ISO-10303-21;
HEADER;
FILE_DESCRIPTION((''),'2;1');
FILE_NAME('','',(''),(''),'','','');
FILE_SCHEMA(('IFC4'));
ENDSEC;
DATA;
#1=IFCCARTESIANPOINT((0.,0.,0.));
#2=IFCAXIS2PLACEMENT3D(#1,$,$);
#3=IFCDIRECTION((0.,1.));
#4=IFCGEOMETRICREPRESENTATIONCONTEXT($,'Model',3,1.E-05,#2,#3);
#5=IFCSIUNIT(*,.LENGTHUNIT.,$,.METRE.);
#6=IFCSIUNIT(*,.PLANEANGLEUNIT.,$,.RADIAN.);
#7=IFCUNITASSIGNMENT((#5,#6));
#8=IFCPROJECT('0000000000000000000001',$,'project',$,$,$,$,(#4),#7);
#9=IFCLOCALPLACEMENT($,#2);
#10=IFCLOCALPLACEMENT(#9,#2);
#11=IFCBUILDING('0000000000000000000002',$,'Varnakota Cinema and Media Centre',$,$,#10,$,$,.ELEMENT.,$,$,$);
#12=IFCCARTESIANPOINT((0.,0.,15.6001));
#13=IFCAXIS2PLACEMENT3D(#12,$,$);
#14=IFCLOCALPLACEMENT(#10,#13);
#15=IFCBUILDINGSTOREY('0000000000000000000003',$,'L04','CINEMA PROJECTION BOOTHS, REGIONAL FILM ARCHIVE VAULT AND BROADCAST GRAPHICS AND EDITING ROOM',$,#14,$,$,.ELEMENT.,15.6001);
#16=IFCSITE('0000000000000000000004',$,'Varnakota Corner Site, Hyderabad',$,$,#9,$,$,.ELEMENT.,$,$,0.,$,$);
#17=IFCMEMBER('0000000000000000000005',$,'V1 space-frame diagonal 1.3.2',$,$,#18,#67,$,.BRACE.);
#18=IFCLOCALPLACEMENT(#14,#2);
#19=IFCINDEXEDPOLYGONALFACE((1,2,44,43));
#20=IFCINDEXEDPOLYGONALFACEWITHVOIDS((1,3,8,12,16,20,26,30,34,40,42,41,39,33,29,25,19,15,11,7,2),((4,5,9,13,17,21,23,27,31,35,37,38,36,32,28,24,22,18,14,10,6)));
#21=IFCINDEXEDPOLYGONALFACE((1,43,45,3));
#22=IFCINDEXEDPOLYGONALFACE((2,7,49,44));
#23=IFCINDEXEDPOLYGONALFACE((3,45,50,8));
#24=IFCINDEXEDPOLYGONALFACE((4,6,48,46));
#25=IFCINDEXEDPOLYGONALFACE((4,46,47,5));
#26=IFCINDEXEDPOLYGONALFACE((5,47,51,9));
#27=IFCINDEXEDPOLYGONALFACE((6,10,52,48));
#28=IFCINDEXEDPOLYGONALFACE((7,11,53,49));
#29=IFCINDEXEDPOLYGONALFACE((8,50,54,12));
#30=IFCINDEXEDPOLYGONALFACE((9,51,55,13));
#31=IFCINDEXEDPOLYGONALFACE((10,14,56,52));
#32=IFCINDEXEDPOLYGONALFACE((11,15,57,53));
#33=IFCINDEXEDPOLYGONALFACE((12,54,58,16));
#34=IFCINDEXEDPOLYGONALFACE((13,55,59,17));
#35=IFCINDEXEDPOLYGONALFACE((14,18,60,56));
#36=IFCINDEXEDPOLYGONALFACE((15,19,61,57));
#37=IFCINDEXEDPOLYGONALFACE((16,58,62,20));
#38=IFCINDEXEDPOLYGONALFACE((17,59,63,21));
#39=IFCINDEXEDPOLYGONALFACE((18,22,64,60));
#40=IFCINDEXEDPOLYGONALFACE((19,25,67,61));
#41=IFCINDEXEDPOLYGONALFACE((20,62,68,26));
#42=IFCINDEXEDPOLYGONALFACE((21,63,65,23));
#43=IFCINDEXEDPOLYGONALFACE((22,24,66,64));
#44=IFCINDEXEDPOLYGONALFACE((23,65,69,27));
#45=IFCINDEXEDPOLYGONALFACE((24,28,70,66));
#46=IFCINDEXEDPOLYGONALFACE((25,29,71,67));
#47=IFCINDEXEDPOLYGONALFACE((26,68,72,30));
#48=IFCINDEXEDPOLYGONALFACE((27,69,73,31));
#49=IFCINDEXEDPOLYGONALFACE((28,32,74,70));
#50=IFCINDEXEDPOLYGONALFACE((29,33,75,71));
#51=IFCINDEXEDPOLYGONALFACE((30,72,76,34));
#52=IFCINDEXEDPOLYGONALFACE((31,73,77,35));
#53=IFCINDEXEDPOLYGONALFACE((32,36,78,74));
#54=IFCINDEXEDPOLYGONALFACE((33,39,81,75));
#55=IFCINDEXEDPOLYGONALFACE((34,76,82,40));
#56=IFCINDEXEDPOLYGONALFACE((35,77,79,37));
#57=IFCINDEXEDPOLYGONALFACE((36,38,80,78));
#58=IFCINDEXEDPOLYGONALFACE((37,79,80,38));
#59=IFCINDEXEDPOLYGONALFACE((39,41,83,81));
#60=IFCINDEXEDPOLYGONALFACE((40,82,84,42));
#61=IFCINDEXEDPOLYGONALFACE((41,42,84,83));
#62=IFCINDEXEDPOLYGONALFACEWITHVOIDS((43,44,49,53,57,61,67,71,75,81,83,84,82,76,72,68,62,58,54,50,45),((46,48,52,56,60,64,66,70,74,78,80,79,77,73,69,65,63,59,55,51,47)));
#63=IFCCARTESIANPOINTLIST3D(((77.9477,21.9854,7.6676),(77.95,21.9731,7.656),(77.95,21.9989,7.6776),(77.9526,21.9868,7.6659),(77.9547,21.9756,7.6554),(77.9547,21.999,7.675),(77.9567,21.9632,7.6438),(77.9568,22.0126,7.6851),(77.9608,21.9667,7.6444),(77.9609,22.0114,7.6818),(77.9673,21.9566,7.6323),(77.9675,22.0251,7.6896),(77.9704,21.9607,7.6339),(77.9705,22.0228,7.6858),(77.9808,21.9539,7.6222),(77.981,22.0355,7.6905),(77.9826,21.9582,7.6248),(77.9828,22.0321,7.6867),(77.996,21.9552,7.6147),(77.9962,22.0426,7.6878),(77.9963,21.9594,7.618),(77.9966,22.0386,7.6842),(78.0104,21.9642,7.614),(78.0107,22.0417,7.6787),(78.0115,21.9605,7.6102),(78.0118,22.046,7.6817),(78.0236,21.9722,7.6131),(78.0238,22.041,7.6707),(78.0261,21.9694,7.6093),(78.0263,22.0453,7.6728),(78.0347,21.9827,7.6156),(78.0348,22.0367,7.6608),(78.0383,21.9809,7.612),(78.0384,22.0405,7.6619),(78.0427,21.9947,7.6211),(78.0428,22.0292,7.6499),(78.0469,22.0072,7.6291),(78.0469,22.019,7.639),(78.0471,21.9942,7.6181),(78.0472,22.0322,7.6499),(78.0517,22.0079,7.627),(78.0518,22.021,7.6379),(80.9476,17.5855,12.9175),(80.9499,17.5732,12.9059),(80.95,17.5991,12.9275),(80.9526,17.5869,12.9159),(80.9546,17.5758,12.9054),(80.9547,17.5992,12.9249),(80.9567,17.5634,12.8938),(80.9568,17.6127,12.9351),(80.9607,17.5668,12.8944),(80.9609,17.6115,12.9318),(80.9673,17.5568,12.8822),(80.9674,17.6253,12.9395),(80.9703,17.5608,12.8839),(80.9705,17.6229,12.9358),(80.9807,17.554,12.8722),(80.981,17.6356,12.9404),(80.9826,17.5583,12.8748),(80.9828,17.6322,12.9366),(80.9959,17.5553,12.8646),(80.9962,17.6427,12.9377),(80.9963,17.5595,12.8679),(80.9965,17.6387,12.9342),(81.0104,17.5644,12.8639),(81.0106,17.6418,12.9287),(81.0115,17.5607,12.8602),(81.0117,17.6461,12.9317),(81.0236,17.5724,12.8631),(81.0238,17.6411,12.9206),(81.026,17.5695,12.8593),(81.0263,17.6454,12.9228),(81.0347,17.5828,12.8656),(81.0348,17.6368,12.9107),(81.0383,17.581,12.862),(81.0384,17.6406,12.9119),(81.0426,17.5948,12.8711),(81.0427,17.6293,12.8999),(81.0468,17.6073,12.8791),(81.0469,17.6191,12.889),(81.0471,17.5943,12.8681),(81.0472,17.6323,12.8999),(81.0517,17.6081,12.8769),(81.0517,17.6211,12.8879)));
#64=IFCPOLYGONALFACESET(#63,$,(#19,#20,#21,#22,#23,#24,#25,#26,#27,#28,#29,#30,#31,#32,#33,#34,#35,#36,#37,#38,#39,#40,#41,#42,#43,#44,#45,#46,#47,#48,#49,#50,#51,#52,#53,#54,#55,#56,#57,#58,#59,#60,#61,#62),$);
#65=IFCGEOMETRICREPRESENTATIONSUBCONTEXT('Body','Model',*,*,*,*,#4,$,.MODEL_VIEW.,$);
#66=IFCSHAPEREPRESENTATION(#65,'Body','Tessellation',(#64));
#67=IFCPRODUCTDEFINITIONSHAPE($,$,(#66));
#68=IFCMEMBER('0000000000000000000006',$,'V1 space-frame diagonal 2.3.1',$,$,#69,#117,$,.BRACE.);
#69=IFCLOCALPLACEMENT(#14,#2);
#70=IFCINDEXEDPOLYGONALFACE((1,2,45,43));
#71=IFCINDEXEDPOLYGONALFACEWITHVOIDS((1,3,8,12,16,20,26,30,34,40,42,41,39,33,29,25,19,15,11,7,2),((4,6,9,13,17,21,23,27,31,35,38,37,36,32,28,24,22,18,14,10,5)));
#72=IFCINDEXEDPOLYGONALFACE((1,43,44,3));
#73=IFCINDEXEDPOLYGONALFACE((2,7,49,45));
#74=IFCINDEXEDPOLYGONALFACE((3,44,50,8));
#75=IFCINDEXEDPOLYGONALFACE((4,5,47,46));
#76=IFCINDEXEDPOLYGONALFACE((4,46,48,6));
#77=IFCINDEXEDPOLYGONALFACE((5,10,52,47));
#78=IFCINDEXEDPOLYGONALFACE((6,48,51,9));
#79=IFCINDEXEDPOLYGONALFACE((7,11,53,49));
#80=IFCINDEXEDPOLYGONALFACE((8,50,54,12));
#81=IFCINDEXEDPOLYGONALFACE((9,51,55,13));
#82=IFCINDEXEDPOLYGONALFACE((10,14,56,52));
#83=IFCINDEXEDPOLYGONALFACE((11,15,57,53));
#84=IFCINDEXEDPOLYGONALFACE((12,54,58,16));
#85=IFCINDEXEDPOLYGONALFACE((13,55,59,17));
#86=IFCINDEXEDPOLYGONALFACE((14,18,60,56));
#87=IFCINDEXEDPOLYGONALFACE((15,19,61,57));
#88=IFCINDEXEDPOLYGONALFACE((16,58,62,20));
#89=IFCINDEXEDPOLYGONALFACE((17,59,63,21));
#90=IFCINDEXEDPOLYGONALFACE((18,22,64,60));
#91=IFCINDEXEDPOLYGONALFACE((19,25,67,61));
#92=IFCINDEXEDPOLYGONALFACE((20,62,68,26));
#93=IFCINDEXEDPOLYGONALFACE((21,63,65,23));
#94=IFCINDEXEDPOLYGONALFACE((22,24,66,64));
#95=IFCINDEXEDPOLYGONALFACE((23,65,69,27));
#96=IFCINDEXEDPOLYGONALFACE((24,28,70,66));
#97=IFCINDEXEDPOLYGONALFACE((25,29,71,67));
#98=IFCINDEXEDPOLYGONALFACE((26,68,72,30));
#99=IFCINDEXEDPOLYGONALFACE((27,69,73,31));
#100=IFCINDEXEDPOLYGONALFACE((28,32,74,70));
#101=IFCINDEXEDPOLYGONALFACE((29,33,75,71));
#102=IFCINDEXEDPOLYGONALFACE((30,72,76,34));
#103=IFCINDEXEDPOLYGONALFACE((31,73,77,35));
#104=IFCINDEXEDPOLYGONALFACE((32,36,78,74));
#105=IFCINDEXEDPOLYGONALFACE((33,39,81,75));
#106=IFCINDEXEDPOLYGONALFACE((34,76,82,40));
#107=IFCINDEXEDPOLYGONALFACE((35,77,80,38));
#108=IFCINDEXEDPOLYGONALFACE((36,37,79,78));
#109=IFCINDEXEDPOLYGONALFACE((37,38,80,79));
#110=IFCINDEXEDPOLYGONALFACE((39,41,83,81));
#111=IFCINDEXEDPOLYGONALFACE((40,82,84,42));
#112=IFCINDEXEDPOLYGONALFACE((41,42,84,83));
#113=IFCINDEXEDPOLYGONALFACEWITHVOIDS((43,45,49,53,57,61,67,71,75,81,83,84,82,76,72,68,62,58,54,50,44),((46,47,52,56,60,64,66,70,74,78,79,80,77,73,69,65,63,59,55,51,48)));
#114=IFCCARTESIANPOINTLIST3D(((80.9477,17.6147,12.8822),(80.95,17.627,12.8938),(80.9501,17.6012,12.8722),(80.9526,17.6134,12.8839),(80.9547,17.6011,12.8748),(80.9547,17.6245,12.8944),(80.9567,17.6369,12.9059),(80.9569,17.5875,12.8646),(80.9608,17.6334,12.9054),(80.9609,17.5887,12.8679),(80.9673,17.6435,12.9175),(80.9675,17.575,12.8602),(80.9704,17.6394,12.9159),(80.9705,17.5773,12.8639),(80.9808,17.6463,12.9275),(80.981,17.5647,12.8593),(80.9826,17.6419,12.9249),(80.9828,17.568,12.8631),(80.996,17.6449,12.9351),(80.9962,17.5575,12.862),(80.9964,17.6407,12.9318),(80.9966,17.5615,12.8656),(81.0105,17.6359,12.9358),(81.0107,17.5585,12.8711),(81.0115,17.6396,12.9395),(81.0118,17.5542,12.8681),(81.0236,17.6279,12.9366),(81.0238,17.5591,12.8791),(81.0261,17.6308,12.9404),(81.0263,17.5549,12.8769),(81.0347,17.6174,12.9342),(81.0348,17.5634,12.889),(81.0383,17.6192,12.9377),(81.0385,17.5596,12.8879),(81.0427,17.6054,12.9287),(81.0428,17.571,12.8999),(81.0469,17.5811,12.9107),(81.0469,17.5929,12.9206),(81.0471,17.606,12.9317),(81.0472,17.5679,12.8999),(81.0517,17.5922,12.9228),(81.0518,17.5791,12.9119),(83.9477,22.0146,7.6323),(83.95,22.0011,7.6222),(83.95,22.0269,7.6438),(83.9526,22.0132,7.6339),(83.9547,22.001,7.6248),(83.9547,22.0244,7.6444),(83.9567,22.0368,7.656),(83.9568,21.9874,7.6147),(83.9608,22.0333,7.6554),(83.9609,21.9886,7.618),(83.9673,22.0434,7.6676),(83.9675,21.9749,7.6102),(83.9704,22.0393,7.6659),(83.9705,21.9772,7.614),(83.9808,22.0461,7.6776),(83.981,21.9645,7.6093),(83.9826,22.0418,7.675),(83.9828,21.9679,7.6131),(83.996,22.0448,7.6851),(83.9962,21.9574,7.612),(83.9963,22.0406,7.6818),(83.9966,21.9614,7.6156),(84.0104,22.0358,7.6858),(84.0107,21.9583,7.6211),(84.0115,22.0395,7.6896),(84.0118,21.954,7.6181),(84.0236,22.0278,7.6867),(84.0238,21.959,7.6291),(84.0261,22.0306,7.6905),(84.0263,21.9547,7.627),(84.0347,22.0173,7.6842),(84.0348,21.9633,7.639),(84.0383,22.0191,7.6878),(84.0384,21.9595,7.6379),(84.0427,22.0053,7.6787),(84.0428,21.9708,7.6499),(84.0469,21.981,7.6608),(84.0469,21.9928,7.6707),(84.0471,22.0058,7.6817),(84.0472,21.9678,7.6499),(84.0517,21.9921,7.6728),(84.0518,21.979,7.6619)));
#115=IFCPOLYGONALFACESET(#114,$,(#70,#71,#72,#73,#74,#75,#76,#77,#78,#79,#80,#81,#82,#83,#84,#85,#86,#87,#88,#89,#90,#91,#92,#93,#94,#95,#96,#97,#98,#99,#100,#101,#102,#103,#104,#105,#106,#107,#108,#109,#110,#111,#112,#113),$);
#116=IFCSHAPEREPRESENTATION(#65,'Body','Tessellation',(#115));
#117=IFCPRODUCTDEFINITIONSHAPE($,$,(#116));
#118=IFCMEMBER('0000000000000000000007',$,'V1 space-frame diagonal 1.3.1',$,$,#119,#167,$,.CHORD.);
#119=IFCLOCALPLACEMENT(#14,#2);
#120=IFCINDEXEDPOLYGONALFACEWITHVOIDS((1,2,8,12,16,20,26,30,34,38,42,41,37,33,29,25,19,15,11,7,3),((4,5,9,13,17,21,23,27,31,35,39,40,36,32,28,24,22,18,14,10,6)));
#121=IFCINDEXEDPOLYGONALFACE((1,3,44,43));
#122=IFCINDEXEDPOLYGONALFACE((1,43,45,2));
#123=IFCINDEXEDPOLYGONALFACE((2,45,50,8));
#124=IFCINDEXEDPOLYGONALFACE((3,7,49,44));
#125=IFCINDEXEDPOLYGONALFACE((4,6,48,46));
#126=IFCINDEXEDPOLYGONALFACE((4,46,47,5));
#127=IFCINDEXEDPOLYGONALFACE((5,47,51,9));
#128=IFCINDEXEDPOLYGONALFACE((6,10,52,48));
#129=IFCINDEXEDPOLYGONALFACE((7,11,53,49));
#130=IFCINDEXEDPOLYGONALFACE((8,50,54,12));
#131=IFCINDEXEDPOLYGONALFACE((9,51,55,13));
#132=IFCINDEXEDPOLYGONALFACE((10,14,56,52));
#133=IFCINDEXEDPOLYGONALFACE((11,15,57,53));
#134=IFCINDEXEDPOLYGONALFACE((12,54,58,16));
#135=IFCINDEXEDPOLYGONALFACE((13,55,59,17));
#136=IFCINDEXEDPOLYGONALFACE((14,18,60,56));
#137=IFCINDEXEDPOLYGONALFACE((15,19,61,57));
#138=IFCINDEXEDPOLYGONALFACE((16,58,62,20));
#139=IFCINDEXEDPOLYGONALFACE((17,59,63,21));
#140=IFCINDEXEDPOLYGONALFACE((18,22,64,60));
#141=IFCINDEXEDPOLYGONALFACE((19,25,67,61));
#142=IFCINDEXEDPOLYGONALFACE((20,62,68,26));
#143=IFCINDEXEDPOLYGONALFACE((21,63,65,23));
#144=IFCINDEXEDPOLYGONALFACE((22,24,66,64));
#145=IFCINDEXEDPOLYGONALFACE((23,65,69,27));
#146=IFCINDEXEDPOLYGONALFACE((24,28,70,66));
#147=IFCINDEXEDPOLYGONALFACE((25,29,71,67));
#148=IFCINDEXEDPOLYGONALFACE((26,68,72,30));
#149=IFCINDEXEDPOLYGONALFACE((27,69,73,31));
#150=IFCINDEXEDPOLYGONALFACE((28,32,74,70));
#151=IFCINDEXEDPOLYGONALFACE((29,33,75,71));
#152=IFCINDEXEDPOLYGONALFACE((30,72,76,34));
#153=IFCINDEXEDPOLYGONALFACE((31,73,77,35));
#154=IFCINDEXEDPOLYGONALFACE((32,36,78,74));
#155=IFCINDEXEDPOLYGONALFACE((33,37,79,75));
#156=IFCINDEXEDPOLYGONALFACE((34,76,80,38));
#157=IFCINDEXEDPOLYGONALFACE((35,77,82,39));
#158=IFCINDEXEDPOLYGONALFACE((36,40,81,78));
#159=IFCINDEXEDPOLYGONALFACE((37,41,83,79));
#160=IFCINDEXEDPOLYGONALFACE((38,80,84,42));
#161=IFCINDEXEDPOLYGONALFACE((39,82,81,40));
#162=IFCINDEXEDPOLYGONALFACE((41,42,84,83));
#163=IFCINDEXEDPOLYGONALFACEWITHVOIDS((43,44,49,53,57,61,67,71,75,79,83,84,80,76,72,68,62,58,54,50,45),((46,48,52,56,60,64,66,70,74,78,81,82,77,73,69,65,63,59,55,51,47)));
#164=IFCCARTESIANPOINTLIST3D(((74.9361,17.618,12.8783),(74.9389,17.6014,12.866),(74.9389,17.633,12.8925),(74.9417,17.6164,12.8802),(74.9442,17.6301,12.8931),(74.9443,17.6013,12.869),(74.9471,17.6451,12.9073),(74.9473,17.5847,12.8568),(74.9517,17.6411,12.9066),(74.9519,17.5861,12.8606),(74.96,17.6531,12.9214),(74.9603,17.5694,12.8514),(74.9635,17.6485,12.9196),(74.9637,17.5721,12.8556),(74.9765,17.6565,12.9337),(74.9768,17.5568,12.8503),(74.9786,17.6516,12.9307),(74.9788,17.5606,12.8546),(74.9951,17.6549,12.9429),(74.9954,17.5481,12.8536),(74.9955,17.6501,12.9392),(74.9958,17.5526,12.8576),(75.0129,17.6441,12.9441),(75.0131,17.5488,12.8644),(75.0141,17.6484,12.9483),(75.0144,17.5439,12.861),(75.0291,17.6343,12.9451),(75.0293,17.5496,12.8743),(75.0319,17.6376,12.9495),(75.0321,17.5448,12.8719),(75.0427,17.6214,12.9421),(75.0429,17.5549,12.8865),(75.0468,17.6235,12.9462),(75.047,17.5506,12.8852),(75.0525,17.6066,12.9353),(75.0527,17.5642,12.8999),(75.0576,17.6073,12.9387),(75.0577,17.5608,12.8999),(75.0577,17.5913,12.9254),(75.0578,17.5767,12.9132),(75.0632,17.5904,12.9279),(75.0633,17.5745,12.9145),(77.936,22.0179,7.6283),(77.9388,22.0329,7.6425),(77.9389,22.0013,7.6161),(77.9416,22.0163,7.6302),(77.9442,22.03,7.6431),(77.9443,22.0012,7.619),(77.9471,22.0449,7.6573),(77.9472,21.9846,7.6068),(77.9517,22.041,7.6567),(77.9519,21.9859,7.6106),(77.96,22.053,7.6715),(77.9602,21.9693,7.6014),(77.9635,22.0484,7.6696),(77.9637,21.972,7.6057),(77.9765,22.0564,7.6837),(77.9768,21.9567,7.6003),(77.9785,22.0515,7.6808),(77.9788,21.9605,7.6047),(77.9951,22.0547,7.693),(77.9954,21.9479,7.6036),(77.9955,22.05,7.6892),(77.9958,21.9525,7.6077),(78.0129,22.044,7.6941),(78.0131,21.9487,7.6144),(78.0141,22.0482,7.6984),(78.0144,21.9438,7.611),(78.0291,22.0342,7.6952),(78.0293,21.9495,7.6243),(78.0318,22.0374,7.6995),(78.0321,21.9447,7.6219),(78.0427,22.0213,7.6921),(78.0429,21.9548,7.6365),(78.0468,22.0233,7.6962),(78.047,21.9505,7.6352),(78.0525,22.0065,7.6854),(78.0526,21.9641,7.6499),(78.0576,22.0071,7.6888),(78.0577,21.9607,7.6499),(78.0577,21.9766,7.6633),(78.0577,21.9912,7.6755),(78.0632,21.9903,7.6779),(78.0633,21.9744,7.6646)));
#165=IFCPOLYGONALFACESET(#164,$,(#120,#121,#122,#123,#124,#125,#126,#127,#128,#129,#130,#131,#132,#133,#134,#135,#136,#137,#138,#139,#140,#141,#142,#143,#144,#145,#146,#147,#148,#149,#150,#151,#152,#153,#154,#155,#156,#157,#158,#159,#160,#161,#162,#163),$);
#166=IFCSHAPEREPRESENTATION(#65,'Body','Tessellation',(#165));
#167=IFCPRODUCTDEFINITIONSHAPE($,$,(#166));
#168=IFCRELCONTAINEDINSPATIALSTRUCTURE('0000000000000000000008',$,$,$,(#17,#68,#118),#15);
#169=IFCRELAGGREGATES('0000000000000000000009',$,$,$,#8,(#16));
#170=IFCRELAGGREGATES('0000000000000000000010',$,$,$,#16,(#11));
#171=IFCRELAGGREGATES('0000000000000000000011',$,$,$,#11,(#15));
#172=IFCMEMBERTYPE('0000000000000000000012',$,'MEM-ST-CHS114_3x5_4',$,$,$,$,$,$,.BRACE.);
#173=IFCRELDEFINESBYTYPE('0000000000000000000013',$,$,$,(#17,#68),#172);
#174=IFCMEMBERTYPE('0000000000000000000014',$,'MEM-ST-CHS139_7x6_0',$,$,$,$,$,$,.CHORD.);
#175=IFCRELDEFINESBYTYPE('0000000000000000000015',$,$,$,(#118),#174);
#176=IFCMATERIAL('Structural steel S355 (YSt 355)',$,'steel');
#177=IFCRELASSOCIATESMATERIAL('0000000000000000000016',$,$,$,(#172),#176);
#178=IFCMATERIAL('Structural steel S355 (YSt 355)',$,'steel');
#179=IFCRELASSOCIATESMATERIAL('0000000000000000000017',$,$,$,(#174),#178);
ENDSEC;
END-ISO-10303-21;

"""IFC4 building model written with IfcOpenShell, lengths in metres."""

from ifc_helpers import new_model, si_unit, direction, frame, origin, origin_2d, place, context, subcontext, project, spatial, hollow_circle, extrude, material, material_profile, profile_set, type_object, element, save


model = new_model("IFC4")

# Units and contexts
model_context = context("Model", 3, precision=1e-05, world=origin(), true_north=direction((0.0, 1.0)))
body_context = subcontext(model_context, "Body", "Model", "MODEL_VIEW")
ifc_project = project(units=[si_unit("LENGTHUNIT", "METRE"), si_unit("PLANEANGLEUNIT", "RADIAN")], contexts=[model_context])

# Site, building, storey
site_placement = place(None, origin())
site = spatial("IfcSite", under=ifc_project, at=site_placement, Name="Varnakota Corner Site, Hyderabad", CompositionType="ELEMENT", RefElevation=0.0)
building_placement = place(site_placement, origin())
building = spatial("IfcBuilding", under=site, at=building_placement, Name="Varnakota Cinema and Media Centre", CompositionType="ELEMENT")
storey_placement = place(building_placement, frame((0.0, 0.0, 15.6001)))
storey = spatial("IfcBuildingStorey", under=building, at=storey_placement, Name="L04", Description="CINEMA PROJECTION BOOTHS, REGIONAL FILM ARCHIVE VAULT AND BROADCAST GRAPHICS AND EDITING ROOM", CompositionType="ELEMENT", Elevation=15.6001)

# Members
ifc_material_1 = material(Name="Structural steel S355 (YSt 355)", Category="steel")
ifc_material_profile_1 = material_profile(ifc_material_1, hollow_circle(Radius=0.0571, WallThickness=0.0054, at=origin_2d()), Name="CHS 114.3x5.4")
ifc_profile_set_1 = profile_set([ifc_material_profile_1], Name="Structural steel S355 (YSt 355)")
member_type_1 = type_object("IfcMemberType", Name="MEM-ST-CHS114_3x5_4", PredefinedType="BRACE", material=ifc_profile_set_1)
for number, where, z_axis, x_axis, name in (
    (1, (78.0, 22.0, 7.6499), (0.401173, -0.588373, 0.702052), (0.826222, 0.563345, 0.0), "V1 space-frame diagonal 1.3.2"),
    (2, (84.0, 22.0, 7.6499), (-0.401173, -0.588373, 0.702052), (0.826222, -0.563345, 0.0), "V1 space-frame diagonal 2.3.1"),
):
    element("IfcMember", number, at=place(storey_placement, frame(where, z_axis=z_axis, x_axis=x_axis)), inside=storey, type_object=member_type_1, Name=name, PredefinedType="BRACE", context=body_context, shape_type="SweptSolid", body=[
        extrude(hollow_circle(Radius=0.0571, WallThickness=0.0054, at=origin_2d()), origin(), (0.0, 0.0, 1.0), 7.478),
    ])
ifc_material_2 = material(Name="Structural steel S355 (YSt 355)", Category="steel")
ifc_material_profile_2 = material_profile(ifc_material_2, hollow_circle(Radius=0.0698, WallThickness=0.0061, at=origin_2d()), Name="CHS 139.7x6.0")
ifc_profile_set_2 = profile_set([ifc_material_profile_2], Name="Structural steel S355 (YSt 355)")
member_type_2 = type_object("IfcMemberType", Name="MEM-ST-CHS139_7x6_0", PredefinedType="CHORD", material=ifc_profile_set_2)
member_1_placement = place(storey_placement, frame((78.0, 22.0, 7.6499), z_axis=(-0.401173, -0.588373, 0.702052), x_axis=(0.826222, -0.563345, 0.0)))
element("IfcMember", 3, at=member_1_placement, inside=storey, type_object=member_type_2, Name="V1 space-frame diagonal 1.3.1", PredefinedType="CHORD", context=body_context, shape_type="SweptSolid", body=[
    extrude(hollow_circle(Radius=0.0698, WallThickness=0.0061, at=origin_2d()), origin(), (0.0, 0.0, 1.0), 7.478),
])

save(model, "model.ifc")
